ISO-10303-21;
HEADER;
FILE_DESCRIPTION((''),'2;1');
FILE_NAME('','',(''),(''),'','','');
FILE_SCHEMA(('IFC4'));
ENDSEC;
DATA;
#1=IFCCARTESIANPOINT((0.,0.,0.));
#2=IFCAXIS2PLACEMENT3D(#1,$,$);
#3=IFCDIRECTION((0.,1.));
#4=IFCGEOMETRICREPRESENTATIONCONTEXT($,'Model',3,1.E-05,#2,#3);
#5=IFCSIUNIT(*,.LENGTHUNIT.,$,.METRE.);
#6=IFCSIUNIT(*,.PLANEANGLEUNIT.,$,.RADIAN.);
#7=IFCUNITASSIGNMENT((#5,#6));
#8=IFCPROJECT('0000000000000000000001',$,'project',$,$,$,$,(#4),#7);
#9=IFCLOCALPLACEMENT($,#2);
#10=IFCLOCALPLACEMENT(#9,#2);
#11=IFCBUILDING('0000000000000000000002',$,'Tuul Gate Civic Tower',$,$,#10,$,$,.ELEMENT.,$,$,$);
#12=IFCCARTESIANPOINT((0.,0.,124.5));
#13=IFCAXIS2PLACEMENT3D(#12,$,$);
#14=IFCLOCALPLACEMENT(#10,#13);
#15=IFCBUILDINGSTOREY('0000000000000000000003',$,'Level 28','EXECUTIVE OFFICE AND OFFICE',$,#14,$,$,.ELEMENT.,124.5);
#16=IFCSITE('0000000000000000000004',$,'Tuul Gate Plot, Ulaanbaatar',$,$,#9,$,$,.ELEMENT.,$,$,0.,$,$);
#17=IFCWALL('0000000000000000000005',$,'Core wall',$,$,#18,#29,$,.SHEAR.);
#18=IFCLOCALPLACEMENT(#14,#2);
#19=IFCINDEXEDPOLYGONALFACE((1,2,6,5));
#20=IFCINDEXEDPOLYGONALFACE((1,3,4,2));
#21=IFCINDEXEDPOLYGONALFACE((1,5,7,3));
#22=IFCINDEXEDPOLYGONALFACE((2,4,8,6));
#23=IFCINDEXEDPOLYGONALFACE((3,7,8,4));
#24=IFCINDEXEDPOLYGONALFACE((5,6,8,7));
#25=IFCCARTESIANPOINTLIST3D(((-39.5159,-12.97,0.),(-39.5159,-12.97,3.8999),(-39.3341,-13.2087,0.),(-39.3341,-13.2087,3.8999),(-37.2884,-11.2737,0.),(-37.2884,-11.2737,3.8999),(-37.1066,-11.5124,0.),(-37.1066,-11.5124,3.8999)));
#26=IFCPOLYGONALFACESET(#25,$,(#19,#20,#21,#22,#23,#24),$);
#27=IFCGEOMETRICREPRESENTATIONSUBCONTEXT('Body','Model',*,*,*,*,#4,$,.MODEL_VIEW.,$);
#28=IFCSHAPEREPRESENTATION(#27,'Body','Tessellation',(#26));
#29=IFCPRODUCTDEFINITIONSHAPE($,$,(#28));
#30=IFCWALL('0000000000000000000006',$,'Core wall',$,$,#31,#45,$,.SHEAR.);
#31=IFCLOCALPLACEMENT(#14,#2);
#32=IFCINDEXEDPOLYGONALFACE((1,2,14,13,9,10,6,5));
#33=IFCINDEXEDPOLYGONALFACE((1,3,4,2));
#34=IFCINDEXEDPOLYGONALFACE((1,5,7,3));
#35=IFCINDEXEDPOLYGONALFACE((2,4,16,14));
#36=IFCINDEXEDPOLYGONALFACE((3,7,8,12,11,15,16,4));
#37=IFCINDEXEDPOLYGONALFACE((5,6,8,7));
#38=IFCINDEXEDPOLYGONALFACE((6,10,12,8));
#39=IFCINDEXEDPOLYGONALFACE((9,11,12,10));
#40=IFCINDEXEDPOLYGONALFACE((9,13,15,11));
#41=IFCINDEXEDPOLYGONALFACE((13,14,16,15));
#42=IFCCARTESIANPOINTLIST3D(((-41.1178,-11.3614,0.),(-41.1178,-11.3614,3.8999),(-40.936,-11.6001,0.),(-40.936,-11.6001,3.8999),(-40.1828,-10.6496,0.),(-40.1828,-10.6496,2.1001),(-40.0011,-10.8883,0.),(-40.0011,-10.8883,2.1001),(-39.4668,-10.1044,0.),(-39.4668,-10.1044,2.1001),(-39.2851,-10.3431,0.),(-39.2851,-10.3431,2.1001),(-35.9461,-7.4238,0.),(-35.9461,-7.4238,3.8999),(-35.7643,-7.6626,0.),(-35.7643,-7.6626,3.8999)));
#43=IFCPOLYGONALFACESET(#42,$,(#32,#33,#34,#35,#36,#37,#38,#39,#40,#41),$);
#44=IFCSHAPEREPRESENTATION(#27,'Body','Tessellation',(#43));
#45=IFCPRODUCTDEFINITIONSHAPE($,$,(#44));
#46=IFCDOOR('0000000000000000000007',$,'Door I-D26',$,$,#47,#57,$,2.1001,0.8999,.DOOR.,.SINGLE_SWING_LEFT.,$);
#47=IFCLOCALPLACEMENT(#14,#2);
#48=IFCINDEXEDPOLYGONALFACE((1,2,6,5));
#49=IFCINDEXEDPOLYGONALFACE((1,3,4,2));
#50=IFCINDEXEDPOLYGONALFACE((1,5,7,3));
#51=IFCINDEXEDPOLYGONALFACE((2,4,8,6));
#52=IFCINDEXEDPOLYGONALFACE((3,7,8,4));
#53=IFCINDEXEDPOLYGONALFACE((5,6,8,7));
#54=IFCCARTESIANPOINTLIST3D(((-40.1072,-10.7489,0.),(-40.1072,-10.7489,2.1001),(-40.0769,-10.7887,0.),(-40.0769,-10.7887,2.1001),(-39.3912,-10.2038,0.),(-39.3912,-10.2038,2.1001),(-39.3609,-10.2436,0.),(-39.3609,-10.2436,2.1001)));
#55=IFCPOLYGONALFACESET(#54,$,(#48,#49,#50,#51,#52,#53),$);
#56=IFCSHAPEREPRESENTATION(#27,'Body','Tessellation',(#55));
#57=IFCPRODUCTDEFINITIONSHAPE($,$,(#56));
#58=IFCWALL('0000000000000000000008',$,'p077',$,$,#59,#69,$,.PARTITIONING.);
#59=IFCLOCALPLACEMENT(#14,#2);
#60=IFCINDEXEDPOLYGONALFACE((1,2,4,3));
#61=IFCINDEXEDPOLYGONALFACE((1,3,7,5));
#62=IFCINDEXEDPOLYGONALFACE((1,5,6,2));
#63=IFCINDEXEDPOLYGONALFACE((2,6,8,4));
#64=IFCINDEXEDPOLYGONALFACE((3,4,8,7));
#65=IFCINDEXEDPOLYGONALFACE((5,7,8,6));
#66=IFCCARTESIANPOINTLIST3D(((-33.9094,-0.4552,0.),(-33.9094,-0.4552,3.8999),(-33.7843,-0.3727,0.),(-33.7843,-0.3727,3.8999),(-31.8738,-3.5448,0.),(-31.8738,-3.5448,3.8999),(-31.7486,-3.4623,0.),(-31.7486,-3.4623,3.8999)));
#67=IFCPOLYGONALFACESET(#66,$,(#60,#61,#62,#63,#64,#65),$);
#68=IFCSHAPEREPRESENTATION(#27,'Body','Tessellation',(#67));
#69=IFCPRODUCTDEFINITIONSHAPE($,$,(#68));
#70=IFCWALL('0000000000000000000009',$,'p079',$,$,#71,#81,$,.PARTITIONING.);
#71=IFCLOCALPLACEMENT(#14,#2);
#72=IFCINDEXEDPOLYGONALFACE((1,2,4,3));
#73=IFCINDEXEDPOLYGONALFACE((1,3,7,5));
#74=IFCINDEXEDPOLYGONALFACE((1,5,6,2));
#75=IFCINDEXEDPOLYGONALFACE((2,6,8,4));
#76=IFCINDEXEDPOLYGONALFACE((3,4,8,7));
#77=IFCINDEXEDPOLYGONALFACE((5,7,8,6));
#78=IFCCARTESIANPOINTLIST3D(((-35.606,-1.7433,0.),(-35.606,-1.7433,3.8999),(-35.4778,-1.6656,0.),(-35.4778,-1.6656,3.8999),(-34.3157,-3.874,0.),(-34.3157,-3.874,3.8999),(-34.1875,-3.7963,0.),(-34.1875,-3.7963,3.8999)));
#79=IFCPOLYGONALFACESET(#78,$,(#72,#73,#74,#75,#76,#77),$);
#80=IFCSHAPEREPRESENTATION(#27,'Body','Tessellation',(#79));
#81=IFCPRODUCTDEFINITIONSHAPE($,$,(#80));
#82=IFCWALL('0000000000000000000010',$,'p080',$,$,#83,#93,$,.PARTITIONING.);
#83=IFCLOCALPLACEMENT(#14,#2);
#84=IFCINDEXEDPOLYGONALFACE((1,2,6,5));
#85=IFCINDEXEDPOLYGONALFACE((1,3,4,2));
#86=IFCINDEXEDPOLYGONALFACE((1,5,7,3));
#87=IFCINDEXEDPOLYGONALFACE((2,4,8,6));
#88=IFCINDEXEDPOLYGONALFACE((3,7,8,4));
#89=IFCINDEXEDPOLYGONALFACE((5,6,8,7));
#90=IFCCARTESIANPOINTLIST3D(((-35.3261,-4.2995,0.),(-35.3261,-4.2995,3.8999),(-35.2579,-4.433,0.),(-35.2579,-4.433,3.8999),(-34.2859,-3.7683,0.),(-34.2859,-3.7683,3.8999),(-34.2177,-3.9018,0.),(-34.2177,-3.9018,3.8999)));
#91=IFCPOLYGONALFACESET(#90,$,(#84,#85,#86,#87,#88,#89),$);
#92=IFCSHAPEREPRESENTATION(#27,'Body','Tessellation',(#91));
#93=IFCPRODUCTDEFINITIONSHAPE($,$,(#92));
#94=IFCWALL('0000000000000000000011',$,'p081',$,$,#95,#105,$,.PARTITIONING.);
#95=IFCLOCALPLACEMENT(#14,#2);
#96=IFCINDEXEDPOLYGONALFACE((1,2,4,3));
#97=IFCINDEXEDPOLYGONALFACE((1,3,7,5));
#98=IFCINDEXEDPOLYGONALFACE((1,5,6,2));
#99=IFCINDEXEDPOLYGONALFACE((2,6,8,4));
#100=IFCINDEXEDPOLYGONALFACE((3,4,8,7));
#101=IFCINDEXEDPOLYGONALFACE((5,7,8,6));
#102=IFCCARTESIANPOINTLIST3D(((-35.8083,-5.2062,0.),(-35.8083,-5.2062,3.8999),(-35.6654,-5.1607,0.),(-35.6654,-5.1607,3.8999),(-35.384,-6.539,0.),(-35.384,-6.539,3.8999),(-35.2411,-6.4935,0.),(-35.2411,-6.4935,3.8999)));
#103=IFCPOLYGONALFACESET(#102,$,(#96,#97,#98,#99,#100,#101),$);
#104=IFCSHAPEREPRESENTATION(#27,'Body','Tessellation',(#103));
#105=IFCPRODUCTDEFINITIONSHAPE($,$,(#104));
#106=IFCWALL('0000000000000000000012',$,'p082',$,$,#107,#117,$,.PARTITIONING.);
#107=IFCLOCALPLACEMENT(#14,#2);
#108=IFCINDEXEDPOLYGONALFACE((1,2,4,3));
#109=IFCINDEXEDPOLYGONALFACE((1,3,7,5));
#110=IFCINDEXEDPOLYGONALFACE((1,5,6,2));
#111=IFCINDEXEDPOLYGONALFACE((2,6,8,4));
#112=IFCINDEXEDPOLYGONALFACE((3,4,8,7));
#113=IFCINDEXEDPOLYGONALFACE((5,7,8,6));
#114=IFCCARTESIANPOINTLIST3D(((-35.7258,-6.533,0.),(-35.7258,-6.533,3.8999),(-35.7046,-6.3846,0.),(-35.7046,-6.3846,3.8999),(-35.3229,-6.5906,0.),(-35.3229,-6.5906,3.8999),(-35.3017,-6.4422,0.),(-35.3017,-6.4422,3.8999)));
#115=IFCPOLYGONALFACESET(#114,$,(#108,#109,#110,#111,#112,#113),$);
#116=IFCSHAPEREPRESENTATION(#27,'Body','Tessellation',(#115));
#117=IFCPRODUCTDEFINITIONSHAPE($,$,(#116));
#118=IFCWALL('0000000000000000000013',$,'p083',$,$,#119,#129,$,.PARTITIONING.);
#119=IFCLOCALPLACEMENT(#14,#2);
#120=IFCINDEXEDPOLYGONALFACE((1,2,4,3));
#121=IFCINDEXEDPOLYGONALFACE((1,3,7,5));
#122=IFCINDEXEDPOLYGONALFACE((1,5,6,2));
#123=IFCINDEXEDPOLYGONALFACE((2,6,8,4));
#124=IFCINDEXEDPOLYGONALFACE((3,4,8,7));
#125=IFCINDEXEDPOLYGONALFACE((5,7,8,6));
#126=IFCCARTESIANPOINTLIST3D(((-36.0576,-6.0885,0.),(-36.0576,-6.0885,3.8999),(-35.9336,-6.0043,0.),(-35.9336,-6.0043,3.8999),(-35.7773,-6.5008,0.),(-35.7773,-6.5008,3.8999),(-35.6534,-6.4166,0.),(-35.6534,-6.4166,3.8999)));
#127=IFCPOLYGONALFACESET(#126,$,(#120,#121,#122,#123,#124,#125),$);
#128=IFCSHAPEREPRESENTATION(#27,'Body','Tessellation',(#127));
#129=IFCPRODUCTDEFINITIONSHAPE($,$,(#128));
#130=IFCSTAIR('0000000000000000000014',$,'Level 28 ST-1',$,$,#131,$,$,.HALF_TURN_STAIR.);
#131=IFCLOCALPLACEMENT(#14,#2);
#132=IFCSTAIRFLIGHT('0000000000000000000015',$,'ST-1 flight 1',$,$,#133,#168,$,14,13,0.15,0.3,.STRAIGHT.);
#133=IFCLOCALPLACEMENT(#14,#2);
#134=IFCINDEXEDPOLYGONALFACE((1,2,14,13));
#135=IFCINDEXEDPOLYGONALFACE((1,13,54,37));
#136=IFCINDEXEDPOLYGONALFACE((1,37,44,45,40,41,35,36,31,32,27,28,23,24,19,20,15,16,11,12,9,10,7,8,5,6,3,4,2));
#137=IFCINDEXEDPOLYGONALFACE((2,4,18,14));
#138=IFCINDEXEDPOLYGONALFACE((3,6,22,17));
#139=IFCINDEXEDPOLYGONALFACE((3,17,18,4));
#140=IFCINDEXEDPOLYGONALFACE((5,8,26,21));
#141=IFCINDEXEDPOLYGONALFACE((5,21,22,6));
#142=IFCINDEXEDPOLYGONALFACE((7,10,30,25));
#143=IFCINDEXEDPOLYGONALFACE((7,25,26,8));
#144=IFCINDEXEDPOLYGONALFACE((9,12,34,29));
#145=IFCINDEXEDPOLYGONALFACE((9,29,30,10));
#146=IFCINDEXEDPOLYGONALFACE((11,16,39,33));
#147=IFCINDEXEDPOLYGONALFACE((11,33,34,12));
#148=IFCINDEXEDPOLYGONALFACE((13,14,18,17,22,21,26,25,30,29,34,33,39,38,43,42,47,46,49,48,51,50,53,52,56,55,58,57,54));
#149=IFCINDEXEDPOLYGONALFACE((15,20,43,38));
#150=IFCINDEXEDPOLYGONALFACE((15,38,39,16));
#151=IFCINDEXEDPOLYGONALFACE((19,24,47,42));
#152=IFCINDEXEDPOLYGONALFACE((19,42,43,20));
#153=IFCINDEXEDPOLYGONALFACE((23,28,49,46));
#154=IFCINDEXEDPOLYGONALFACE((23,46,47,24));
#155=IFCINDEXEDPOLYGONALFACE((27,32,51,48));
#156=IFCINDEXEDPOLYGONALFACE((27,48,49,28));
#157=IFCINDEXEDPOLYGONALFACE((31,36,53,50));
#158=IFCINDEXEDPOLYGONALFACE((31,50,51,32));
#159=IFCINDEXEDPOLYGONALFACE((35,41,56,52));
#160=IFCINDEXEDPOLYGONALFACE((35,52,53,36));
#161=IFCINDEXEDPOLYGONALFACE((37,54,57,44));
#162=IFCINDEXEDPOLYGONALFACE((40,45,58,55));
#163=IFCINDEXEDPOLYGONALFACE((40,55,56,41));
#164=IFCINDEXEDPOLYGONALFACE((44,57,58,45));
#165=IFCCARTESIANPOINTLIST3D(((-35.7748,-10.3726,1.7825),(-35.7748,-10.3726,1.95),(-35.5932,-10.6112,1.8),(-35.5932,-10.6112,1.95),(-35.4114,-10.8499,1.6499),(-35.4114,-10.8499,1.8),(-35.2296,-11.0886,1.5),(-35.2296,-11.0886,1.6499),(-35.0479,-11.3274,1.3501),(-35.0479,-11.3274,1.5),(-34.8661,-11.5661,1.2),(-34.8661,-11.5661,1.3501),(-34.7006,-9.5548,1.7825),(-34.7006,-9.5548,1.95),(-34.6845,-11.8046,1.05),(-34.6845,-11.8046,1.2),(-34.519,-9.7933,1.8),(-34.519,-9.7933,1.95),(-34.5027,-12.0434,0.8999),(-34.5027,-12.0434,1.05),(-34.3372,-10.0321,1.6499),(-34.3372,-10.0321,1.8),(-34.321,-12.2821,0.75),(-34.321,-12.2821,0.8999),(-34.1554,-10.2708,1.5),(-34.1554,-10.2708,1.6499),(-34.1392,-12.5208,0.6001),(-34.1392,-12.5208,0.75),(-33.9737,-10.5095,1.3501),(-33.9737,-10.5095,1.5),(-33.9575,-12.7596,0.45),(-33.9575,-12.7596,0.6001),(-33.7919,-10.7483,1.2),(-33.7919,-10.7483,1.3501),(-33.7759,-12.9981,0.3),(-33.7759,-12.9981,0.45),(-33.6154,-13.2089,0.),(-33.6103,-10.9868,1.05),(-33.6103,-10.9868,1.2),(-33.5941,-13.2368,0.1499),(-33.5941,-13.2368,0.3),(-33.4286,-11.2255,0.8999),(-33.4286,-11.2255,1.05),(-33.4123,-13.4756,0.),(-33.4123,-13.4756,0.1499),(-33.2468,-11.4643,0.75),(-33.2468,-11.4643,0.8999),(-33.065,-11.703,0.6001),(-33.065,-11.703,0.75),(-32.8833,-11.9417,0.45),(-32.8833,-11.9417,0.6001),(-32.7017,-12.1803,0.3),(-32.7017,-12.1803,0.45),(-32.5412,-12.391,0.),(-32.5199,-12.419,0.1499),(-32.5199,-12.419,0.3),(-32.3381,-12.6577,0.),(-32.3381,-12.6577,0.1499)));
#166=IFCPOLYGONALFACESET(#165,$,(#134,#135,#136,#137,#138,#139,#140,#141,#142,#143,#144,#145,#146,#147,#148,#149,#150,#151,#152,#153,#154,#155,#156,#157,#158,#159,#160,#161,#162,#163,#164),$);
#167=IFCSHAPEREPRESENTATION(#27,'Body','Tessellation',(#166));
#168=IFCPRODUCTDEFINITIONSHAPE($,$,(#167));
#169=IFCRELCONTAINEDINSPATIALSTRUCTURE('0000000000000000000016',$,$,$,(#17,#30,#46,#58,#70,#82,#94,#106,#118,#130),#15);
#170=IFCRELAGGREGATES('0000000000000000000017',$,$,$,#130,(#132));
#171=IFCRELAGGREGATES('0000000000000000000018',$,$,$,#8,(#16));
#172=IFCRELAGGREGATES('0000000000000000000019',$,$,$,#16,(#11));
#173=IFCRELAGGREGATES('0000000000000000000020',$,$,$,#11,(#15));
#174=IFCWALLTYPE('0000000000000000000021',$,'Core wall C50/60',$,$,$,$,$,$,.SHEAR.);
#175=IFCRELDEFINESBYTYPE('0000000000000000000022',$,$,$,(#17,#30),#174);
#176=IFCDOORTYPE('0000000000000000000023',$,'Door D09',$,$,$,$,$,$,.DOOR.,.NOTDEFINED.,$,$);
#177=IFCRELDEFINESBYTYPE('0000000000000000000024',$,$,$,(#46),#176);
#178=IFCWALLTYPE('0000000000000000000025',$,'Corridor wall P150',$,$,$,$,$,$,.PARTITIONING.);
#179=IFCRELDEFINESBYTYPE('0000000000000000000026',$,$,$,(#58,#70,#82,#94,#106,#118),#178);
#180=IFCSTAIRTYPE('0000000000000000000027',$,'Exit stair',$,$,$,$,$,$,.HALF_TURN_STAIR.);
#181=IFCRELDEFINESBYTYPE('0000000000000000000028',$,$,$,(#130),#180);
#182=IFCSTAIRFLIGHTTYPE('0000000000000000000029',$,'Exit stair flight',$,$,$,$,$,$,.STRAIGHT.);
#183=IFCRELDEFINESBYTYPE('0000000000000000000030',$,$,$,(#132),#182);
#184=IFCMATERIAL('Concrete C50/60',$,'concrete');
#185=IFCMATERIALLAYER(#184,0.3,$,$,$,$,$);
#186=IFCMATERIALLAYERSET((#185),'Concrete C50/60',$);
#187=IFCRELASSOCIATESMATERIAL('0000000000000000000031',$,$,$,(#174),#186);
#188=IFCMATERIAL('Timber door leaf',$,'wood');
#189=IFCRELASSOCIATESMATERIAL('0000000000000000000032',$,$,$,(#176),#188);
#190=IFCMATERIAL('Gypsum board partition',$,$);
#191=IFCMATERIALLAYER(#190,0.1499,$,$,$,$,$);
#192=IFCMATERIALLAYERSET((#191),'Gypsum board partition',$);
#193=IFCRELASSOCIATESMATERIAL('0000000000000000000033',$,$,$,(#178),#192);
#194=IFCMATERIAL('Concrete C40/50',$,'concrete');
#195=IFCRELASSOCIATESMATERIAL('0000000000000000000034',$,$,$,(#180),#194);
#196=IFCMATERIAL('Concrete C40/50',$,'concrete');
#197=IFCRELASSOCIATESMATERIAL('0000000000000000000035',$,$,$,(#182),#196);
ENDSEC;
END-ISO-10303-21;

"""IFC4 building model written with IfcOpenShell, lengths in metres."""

from ifc_helpers import new_model, si_unit, direction, frame, frame_2d, origin, place, context, subcontext, project, spatial, polyline, rectangle, outline, extrude, material, layer, layer_set, type_object, element, fill, aggregate, save


model = new_model("IFC4")

# Units and contexts
model_context = context("Model", 3, precision=1e-05, world=origin(), true_north=direction((0.0, 1.0)))
body_context = subcontext(model_context, "Body", "Model", "MODEL_VIEW")
ifc_project = project(units=[si_unit("LENGTHUNIT", "METRE"), si_unit("PLANEANGLEUNIT", "RADIAN")], contexts=[model_context])

# Site, building, storey
site_placement = place(None, origin())
site = spatial("IfcSite", under=ifc_project, at=site_placement, Name="Tuul Gate Plot, Ulaanbaatar", CompositionType="ELEMENT", RefElevation=0.0)
building_placement = place(site_placement, origin())
building = spatial("IfcBuilding", under=site, at=building_placement, Name="Tuul Gate Civic Tower", CompositionType="ELEMENT")
storey_placement = place(building_placement, frame((0.0, 0.0, 124.5)))
storey = spatial("IfcBuildingStorey", under=building, at=storey_placement, Name="Level 28", Description="EXECUTIVE OFFICE AND OFFICE", CompositionType="ELEMENT", Elevation=124.5)

# Wall
ifc_material_1 = material(Name="Concrete C50/60", Category="concrete")
ifc_layer_1 = layer(ifc_material_1, 0.3)
ifc_layer_set_1 = layer_set([ifc_layer_1], Name="Concrete C50/60")
wall_type_1 = type_object("IfcWallType", Name="Core wall C50/60", PredefinedType="SHEAR", material=ifc_layer_set_1)
wall_1_placement = place(storey_placement, frame((-37.1975, -11.3931, 0.0), z_axis=(0.0, 0.0, 1.0), x_axis=(-0.795584, -0.605844, 0.0)))
element("IfcWall", 1, at=wall_1_placement, inside=storey, type_object=wall_type_1, Name="Core wall", PredefinedType="SHEAR", context=body_context, shape_type="SweptSolid", body=[
    extrude(rectangle(XDim=2.7998, YDim=0.3, at=frame_2d((1.3999, 0.0))), origin(), (0.0, 0.0, 1.0), 3.8999),
])

# Wall, opening, door
wall_2_placement = place(storey_placement, frame((-35.8552, -7.5432, 0.0), z_axis=(0.0, 0.0, 1.0), x_axis=(-0.795639, -0.605772, 0.0)))
wall_2 = element("IfcWall", 2, at=wall_2_placement, inside=storey, type_object=wall_type_1, Name="Core wall", PredefinedType="SHEAR", context=body_context, shape_type="SweptSolid", body=[
    extrude(rectangle(XDim=6.5, YDim=0.3, at=frame_2d((3.25, 0.0))), origin(), (0.0, 0.0, 1.0), 3.8999),
])
opening_placement = place(wall_2_placement, frame((4.425, 0.0, 0.0)))
opening = element("IfcOpeningElement", 3, at=opening_placement, cuts=wall_2, PredefinedType="OPENING", context=body_context, shape_type="SweptSolid", body=[
    extrude(rectangle(XDim=0.8999, YDim=2.1001, at=frame_2d((0.45, 1.05))), frame((0.0, 0.1602, 0.0), z_axis=(0.0, -1.0, 0.0), x_axis=(1.0, 0.0, 0.0)), (0.0, 0.0, 1.0), 0.3201),
])
ifc_material_2 = material(Name="Timber door leaf", Category="wood")
door_type = type_object("IfcDoorType", Name="Door D09", OperationType="NOTDEFINED", PredefinedType="DOOR", material=ifc_material_2)
door_placement = place(opening_placement, origin())
door = element("IfcDoor", 4, at=door_placement, inside=storey, type_object=door_type, Name="Door I-D26", OperationType="SINGLE_SWING_LEFT", OverallHeight=2.1001, OverallWidth=0.8999, PredefinedType="DOOR", context=body_context, shape_type="SweptSolid", body=[
    extrude(rectangle(XDim=0.8999, YDim=2.1001, at=frame_2d((0.45, 1.05))), frame((0.0, 0.0249, 0.0), z_axis=(0.0, -1.0, 0.0), x_axis=(1.0, 0.0, 0.0)), (0.0, 0.0, 1.0), 0.05),
])
fill(opening, door)

# Walls
ifc_material_3 = material(Name="Gypsum board partition")
ifc_layer_2 = layer(ifc_material_3, 0.1499)
ifc_layer_set_2 = layer_set([ifc_layer_2], Name="Gypsum board partition")
wall_type_2 = type_object("IfcWallType", Name="Corridor wall P150", PredefinedType="PARTITIONING", material=ifc_layer_set_2)
wall_3_placement = place(storey_placement, frame((-33.8469, -0.4138, 0.0), z_axis=(0.0, 0.0, 1.0), x_axis=(0.550185, -0.835043, 0.0)))
element("IfcWall", 5, at=wall_3_placement, inside=storey, type_object=wall_type_2, Name="p077", PredefinedType="PARTITIONING", context=body_context, shape_type="SweptSolid", body=[
    extrude(rectangle(XDim=3.7, YDim=0.1499, at=frame_2d((1.8501, 0.0))), origin(), (0.0, 0.0, 1.0), 3.8999),
])
wall_4_placement = place(storey_placement, frame((-35.542, -1.7043, 0.0), z_axis=(0.0, 0.0, 1.0), x_axis=(0.518008, -0.855376, 0.0)))
element("IfcWall", 6, at=wall_4_placement, inside=storey, type_object=wall_type_2, Name="p079", PredefinedType="PARTITIONING", context=body_context, shape_type="SweptSolid", body=[
    extrude(rectangle(XDim=2.491, YDim=0.1499, at=frame_2d((1.2456, 0.0))), origin(), (0.0, 0.0, 1.0), 3.8999),
])
wall_5_placement = place(storey_placement, frame((-35.292, -4.3662, 0.0), z_axis=(0.0, 0.0, 1.0), x_axis=(0.890591, 0.454805, 0.0)))
element("IfcWall", 7, at=wall_5_placement, inside=storey, type_object=wall_type_2, Name="p080", PredefinedType="PARTITIONING", context=body_context, shape_type="SweptSolid", body=[
    extrude(rectangle(XDim=1.168, YDim=0.1499, at=frame_2d((0.584, 0.0))), origin(), (0.0, 0.0, 1.0), 3.8999),
])
wall_6_placement = place(storey_placement, frame((-35.7368, -5.1836, 0.0), z_axis=(0.0, 0.0, 1.0), x_axis=(0.303369, -0.952873, 0.0)))
element("IfcWall", 8, at=wall_6_placement, inside=storey, type_object=wall_type_2, Name="p081", PredefinedType="PARTITIONING", context=body_context, shape_type="SweptSolid", body=[
    extrude(rectangle(XDim=1.3987, YDim=0.1499, at=frame_2d((0.6992, 0.0))), origin(), (0.0, 0.0, 1.0), 3.8999),
])
wall_7_placement = place(storey_placement, frame((-35.7153, -6.4587, 0.0), z_axis=(0.0, 0.0, 1.0), x_axis=(0.989925, -0.141589, 0.0)))
element("IfcWall", 9, at=wall_7_placement, inside=storey, type_object=wall_type_2, Name="p082", PredefinedType="PARTITIONING", context=body_context, shape_type="SweptSolid", body=[
    extrude(rectangle(XDim=0.407, YDim=0.1499, at=frame_2d((0.2036, 0.0))), origin(), (0.0, 0.0, 1.0), 3.8999),
])
wall_8_placement = place(storey_placement, frame((-35.9956, -6.0464, 0.0), z_axis=(0.0, 0.0, 1.0), x_axis=(0.562136, -0.827045, 0.0)))
element("IfcWall", 10, at=wall_8_placement, inside=storey, type_object=wall_type_2, Name="p083", PredefinedType="PARTITIONING", context=body_context, shape_type="SweptSolid", body=[
    extrude(rectangle(XDim=0.4985, YDim=0.1499, at=frame_2d((0.2493, 0.0))), origin(), (0.0, 0.0, 1.0), 3.8999),
])

# Stair, stair flight
ifc_material_4 = material(Name="Concrete C40/50", Category="concrete")
stair_type = type_object("IfcStairType", Name="Exit stair", PredefinedType="HALF_TURN_STAIR", material=ifc_material_4)
stair_placement = place(storey_placement, origin())
stair = element("IfcStair", 11, at=stair_placement, inside=storey, type_object=stair_type, Name="Level 28 ST-1", PredefinedType="HALF_TURN_STAIR")
ifc_material_5 = material(Name="Concrete C40/50", Category="concrete")
stair_flight_type = type_object("IfcStairFlightType", Name="Exit stair flight", PredefinedType="STRAIGHT", material=ifc_material_5)
stair_flight_1_placement = place(storey_placement, frame((-32.8752, -13.0667, 0.0), z_axis=(0.0, 0.0, 1.0), x_axis=(-0.605764, 0.795644, 0.0)))
stair_flight_1 = element("IfcStairFlight", 12, at=stair_flight_1_placement, type_object=stair_flight_type, Name="ST-1 flight 1", NumberOfRisers=14, NumberOfTreads=13, PredefinedType="STRAIGHT", RiserHeight=0.15, TreadLength=0.3, context=body_context, shape_type="SweptSolid", body=[
    extrude(outline(polyline([(0.0, 0.0), (0.0, 0.1499), (0.3, 0.1499), (0.3, 0.3), (0.6001, 0.3), (0.6001, 0.45), (0.8999, 0.45), (0.8999, 0.6001), (1.2, 0.6001), (1.2, 0.75), (1.5, 0.75), (1.5, 0.8999), (1.8, 0.8999), (1.8, 1.05), (2.1001, 1.05), (2.1001, 1.2), (2.3999, 1.2), (2.3999, 1.3501), (2.7, 1.3501), (2.7, 1.5), (3.0, 1.5), (3.0, 1.6499), (3.3, 1.6499), (3.3, 1.8), (3.6001, 1.8), (3.6001, 1.95), (3.8999, 1.95), (3.8999, 2.1001), (3.8999, 1.7825), (0.3352, 0.0), (0.0, 0.0)])), frame((0.0, 0.675, 0.0), z_axis=(0.0, -1.0, 0.0), x_axis=(1.0, 0.0, 0.0)), (0.0, 0.0, 1.0), 1.3501),
])
aggregate(stair, [stair_flight_1])

save(model, "model.ifc")
